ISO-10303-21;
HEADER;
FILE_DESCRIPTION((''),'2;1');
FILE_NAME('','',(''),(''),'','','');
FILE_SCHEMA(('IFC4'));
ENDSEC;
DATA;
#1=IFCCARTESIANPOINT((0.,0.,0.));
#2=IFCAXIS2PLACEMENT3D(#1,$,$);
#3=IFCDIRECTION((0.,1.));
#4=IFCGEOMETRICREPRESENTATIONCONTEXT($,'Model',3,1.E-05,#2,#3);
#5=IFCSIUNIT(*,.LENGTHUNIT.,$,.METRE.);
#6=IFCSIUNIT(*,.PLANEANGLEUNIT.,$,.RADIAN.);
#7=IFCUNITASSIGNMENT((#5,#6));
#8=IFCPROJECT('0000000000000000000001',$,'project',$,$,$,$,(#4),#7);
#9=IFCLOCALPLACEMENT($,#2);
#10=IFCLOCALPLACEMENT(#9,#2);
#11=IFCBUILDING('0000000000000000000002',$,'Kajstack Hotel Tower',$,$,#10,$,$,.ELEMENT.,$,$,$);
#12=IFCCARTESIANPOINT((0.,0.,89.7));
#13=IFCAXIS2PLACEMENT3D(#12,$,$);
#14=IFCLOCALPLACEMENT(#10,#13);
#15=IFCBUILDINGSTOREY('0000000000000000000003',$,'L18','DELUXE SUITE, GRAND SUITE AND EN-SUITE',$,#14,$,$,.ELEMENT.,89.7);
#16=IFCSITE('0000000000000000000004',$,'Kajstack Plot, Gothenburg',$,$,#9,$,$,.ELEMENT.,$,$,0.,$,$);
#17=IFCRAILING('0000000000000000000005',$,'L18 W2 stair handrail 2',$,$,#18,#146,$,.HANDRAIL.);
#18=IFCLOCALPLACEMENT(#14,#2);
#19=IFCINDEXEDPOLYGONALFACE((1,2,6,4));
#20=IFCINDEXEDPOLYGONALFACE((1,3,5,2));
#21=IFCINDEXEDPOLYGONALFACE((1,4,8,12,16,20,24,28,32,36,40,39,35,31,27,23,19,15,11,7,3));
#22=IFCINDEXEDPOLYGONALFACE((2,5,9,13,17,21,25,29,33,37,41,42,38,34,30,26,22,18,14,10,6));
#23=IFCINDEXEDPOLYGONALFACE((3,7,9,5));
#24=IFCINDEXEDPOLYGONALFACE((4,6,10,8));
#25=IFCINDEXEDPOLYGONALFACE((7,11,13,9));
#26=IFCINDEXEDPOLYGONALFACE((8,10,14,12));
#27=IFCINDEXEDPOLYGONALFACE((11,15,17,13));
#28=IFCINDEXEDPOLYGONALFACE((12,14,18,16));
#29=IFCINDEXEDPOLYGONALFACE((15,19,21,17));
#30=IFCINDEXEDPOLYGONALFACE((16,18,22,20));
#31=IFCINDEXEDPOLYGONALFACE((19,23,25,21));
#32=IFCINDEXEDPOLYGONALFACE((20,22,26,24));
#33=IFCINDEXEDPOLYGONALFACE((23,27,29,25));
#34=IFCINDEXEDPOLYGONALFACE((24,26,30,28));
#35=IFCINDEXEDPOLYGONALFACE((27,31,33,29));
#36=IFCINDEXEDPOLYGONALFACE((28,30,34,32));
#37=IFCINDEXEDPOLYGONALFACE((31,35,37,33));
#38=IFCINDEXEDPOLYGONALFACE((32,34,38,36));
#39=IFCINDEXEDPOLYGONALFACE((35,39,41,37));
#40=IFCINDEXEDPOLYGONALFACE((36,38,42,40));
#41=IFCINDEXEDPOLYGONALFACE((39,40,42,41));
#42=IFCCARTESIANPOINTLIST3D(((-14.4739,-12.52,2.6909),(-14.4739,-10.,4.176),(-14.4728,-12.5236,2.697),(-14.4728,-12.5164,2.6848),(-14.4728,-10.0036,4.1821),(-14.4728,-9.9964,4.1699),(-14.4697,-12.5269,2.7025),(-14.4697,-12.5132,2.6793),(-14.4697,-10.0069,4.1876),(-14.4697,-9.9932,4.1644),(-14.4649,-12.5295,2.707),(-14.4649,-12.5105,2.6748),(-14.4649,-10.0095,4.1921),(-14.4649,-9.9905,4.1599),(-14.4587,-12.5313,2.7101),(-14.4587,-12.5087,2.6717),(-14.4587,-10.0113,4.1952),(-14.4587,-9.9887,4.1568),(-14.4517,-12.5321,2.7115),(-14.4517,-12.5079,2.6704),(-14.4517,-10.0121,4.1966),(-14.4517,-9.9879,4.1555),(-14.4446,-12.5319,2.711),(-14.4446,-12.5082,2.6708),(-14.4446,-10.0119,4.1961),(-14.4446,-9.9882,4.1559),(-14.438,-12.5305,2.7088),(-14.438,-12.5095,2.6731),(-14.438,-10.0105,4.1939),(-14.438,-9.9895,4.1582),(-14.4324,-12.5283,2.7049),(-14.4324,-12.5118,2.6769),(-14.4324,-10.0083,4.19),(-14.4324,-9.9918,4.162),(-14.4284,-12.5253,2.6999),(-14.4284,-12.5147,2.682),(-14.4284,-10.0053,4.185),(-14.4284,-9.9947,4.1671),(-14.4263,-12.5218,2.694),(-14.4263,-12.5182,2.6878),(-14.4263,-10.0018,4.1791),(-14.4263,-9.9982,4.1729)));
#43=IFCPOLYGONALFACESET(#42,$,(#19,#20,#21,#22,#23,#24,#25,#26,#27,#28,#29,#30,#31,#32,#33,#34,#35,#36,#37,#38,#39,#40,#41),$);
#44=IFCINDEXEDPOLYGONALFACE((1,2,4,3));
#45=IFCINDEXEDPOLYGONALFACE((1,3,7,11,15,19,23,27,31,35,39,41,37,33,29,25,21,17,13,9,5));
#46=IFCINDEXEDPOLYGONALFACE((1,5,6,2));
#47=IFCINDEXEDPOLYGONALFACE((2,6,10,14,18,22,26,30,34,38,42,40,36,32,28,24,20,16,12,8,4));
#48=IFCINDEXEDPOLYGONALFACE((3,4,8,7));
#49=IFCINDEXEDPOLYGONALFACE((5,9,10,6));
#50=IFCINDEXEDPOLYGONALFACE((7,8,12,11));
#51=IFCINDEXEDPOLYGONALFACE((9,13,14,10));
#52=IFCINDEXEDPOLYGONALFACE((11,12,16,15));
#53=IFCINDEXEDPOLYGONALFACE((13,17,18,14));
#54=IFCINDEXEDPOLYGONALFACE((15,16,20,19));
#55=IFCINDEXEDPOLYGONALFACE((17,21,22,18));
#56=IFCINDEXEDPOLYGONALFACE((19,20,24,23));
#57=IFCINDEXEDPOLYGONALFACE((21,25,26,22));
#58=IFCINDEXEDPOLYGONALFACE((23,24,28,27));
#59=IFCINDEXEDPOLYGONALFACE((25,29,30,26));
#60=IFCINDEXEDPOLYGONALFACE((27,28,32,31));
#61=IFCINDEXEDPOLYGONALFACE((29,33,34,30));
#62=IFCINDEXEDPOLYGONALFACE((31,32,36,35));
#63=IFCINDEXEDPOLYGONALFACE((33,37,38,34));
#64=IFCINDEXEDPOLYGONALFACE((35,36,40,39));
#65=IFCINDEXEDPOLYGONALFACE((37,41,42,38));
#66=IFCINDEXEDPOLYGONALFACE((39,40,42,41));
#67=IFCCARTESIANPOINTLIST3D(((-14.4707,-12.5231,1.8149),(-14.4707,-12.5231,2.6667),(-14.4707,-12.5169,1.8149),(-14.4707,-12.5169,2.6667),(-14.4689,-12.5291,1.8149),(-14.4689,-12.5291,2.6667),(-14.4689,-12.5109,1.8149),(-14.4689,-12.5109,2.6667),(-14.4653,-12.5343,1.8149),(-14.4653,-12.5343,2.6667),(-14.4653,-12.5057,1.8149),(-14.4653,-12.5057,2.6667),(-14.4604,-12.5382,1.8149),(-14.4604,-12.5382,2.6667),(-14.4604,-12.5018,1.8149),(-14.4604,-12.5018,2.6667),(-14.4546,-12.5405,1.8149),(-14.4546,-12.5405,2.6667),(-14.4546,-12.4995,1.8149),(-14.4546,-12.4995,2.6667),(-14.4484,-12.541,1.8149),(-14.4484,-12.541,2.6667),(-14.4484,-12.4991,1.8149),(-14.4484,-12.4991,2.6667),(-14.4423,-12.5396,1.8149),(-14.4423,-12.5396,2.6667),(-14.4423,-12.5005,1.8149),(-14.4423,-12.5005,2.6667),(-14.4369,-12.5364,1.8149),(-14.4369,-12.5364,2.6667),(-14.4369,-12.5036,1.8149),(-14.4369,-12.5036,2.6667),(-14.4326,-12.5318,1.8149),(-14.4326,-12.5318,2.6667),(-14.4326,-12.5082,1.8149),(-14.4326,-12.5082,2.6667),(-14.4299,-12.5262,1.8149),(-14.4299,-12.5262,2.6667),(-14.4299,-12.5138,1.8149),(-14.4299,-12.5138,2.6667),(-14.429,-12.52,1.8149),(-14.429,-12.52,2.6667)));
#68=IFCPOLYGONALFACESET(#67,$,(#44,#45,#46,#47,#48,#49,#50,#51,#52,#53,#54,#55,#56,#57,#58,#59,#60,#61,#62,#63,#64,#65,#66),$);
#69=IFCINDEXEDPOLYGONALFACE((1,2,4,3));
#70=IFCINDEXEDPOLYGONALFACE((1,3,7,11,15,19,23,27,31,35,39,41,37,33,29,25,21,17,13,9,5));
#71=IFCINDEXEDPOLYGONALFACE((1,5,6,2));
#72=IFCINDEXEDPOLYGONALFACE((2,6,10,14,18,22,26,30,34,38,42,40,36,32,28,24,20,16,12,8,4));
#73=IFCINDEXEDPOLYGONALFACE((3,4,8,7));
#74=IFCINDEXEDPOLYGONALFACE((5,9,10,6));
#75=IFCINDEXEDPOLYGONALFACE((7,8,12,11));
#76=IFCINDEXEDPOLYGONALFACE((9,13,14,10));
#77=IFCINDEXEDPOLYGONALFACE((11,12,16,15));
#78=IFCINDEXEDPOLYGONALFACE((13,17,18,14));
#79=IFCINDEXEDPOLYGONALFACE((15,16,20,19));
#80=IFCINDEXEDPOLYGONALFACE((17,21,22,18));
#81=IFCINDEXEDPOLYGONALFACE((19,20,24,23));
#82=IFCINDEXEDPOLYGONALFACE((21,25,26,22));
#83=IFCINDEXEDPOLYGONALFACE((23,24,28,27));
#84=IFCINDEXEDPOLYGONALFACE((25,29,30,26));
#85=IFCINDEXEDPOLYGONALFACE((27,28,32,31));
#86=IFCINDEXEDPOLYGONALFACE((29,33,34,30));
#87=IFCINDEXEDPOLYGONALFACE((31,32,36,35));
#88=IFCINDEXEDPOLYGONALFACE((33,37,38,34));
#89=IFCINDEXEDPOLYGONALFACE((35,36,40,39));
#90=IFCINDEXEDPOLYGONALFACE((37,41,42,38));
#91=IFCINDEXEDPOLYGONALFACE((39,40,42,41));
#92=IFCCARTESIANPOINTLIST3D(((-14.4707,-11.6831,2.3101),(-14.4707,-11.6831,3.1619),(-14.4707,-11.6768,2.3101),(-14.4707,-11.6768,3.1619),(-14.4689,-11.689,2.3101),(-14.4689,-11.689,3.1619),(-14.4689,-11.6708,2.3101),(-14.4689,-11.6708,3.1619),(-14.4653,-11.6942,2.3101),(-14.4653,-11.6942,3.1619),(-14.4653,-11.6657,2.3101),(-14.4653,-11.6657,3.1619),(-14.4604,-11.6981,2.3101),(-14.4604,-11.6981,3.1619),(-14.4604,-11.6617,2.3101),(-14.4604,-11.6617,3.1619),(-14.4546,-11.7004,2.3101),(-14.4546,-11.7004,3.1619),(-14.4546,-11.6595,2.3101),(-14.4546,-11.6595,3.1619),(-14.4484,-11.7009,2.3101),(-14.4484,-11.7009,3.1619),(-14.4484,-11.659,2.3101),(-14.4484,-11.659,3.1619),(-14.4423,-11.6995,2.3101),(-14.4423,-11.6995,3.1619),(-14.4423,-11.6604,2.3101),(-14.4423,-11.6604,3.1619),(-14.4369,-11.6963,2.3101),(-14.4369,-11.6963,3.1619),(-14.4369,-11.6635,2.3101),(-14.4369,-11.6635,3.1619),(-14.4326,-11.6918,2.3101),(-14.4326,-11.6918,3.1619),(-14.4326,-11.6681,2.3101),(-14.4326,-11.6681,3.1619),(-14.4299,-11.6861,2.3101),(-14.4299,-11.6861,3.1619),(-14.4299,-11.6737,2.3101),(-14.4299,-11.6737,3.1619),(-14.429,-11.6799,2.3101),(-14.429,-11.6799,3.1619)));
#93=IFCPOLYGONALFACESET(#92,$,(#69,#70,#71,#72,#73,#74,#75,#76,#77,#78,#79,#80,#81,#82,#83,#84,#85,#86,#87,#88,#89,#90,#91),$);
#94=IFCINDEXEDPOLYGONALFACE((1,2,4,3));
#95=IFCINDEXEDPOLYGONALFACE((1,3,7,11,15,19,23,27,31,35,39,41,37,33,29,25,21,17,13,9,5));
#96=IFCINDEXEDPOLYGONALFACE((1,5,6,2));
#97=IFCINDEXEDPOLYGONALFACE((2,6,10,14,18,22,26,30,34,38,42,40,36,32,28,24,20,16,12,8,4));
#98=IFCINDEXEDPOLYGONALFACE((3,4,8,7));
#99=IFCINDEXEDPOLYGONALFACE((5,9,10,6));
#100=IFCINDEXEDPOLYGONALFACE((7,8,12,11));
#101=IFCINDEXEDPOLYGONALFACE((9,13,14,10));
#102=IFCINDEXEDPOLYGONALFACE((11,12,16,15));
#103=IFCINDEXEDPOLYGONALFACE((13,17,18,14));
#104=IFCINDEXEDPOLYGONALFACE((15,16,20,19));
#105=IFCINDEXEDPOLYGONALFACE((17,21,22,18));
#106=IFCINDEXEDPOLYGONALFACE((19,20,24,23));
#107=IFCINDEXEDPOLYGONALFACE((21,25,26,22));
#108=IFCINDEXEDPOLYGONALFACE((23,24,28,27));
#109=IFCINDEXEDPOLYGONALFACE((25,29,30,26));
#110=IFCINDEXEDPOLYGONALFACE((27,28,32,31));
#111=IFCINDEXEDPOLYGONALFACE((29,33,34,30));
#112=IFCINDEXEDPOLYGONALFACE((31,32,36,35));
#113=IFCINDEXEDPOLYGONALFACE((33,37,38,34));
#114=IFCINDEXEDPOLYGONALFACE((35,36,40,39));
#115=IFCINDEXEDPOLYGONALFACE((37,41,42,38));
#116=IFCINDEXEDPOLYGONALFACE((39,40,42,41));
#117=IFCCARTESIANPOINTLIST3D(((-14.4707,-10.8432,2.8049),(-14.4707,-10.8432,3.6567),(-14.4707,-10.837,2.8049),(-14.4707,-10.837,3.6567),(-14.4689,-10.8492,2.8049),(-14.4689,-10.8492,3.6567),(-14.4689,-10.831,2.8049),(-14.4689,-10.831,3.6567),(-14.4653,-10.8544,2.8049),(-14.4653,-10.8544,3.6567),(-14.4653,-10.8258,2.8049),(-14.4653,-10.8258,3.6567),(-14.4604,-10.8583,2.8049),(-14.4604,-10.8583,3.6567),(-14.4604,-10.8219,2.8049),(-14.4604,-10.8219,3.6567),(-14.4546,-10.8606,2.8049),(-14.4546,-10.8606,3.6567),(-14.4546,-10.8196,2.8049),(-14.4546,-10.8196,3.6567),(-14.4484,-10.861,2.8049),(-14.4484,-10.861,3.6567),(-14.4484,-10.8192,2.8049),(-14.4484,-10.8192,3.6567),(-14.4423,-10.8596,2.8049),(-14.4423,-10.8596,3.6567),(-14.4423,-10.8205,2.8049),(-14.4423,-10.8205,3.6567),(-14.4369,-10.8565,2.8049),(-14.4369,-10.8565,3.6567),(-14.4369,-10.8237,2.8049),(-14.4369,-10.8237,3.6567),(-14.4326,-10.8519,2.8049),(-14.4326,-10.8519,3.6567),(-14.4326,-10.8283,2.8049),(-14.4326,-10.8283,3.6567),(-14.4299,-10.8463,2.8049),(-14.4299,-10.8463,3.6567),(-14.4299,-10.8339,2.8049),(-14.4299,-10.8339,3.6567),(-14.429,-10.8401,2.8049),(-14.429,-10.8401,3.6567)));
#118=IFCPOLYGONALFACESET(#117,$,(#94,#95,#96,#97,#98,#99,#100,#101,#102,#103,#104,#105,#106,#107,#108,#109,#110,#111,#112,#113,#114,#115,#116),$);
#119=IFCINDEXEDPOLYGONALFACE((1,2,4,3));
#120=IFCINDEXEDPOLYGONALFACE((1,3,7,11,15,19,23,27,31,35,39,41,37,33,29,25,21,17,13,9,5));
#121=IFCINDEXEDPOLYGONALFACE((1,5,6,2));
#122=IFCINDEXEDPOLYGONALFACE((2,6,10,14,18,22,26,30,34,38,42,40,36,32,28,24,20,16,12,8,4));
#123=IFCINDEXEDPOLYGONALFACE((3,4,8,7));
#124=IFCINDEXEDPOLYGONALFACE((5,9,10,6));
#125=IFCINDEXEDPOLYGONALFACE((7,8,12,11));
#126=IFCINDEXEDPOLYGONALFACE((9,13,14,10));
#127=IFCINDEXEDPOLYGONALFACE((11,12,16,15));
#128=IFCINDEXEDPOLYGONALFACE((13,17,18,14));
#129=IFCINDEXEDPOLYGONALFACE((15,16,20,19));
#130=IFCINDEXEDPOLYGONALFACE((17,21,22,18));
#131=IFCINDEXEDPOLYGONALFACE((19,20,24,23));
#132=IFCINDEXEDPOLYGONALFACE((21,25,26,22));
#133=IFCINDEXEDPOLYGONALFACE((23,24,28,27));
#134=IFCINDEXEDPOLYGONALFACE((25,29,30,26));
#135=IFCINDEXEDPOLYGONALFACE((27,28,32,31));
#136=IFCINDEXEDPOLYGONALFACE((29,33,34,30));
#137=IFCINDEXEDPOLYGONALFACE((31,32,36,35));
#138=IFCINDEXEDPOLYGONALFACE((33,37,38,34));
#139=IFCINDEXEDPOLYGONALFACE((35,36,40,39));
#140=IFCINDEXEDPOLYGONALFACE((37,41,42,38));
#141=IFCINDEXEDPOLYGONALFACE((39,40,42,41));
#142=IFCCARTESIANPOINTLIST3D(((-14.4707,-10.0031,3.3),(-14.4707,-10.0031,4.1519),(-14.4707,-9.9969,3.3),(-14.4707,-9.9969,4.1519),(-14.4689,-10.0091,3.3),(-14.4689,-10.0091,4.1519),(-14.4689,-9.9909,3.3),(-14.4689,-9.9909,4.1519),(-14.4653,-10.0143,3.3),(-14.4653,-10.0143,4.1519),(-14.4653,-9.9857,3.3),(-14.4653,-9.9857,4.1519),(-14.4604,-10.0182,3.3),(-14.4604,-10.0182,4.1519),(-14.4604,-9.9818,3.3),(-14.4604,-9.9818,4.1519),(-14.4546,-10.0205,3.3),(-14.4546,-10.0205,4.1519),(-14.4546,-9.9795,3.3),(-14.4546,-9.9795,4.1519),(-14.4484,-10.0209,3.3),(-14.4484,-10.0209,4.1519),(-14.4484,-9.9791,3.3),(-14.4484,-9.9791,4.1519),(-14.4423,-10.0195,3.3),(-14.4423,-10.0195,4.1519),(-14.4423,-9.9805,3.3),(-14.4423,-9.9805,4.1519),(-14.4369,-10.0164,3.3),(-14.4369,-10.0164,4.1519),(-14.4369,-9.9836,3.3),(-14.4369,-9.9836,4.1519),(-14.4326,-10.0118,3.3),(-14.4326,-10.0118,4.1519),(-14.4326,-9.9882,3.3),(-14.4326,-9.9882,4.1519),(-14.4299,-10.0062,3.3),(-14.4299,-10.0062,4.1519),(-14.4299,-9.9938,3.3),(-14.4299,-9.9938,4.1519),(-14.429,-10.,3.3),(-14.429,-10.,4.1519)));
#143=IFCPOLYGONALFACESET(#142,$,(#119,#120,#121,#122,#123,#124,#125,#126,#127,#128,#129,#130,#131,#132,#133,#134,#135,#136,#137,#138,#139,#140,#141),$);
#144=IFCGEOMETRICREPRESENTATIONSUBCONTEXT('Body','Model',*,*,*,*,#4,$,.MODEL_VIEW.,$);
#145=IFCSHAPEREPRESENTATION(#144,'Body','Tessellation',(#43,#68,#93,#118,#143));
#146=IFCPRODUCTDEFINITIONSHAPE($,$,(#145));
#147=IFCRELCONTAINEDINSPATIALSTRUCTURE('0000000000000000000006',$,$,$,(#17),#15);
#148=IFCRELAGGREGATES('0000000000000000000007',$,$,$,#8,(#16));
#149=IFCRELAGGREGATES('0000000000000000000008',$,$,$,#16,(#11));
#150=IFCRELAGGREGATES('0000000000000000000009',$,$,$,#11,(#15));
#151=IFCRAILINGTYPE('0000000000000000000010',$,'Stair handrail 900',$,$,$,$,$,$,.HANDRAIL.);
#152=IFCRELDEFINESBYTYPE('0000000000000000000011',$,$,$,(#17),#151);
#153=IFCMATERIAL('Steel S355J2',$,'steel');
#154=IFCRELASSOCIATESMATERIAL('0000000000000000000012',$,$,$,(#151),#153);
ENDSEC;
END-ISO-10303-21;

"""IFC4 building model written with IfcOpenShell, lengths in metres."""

from ifc_helpers import new_model, si_unit, direction, frame, origin, origin_2d, place, context, subcontext, project, spatial, circle, extrude, material, type_object, element, save


model = new_model("IFC4")

# Units and contexts
model_context = context("Model", 3, precision=1e-05, world=origin(), true_north=direction((0.0, 1.0)))
body_context = subcontext(model_context, "Body", "Model", "MODEL_VIEW")
ifc_project = project(units=[si_unit("LENGTHUNIT", "METRE"), si_unit("PLANEANGLEUNIT", "RADIAN")], contexts=[model_context])

# Site, building, storey
site_placement = place(None, origin())
site = spatial("IfcSite", under=ifc_project, at=site_placement, Name="Kajstack Plot, Gothenburg", CompositionType="ELEMENT", RefElevation=0.0)
building_placement = place(site_placement, origin())
building = spatial("IfcBuilding", under=site, at=building_placement, Name="Kajstack Hotel Tower", CompositionType="ELEMENT")
storey_placement = place(building_placement, frame((0.0, 0.0, 89.7)))
storey = spatial("IfcBuildingStorey", under=building, at=storey_placement, Name="L18", Description="DELUXE SUITE, GRAND SUITE AND EN-SUITE", CompositionType="ELEMENT", Elevation=89.7)

# Railing
ifc_material_1 = material(Name="Steel S355J2", Category="steel")
railing_type_1 = type_object("IfcRailingType", Name="Stair handrail 900", PredefinedType="HANDRAIL", material=ifc_material_1)
railing_1_placement = place(storey_placement, frame((-14.45, -12.52, 1.8149)))
element("IfcRailing", 1, at=railing_1_placement, inside=storey, type_object=railing_type_1, Name="L18 W2 stair handrail 2", PredefinedType="HANDRAIL", context=body_context, shape_type="SweptSolid", body=[
    extrude(circle(Radius=0.0239, at=origin_2d()), frame((0.0, 0.0, 0.876), z_axis=(0.0, 0.861524, 0.507717), x_axis=(-1.0, 0.0, 0.0)), (0.0, 0.0, 1.0), 2.925),
    extrude(circle(Radius=0.021, at=origin_2d()), origin(), (0.0, 0.0, 1.0), 0.8518),
    extrude(circle(Radius=0.021, at=origin_2d()), frame((0.0, 0.8401, 0.4951)), (0.0, 0.0, 1.0), 0.8518),
    extrude(circle(Radius=0.021, at=origin_2d()), frame((0.0, 1.6799, 0.99)), (0.0, 0.0, 1.0), 0.8518),
    extrude(circle(Radius=0.021, at=origin_2d()), frame((0.0, 2.52, 1.4851)), (0.0, 0.0, 1.0), 0.8518),
])

save(model, "model.ifc")
